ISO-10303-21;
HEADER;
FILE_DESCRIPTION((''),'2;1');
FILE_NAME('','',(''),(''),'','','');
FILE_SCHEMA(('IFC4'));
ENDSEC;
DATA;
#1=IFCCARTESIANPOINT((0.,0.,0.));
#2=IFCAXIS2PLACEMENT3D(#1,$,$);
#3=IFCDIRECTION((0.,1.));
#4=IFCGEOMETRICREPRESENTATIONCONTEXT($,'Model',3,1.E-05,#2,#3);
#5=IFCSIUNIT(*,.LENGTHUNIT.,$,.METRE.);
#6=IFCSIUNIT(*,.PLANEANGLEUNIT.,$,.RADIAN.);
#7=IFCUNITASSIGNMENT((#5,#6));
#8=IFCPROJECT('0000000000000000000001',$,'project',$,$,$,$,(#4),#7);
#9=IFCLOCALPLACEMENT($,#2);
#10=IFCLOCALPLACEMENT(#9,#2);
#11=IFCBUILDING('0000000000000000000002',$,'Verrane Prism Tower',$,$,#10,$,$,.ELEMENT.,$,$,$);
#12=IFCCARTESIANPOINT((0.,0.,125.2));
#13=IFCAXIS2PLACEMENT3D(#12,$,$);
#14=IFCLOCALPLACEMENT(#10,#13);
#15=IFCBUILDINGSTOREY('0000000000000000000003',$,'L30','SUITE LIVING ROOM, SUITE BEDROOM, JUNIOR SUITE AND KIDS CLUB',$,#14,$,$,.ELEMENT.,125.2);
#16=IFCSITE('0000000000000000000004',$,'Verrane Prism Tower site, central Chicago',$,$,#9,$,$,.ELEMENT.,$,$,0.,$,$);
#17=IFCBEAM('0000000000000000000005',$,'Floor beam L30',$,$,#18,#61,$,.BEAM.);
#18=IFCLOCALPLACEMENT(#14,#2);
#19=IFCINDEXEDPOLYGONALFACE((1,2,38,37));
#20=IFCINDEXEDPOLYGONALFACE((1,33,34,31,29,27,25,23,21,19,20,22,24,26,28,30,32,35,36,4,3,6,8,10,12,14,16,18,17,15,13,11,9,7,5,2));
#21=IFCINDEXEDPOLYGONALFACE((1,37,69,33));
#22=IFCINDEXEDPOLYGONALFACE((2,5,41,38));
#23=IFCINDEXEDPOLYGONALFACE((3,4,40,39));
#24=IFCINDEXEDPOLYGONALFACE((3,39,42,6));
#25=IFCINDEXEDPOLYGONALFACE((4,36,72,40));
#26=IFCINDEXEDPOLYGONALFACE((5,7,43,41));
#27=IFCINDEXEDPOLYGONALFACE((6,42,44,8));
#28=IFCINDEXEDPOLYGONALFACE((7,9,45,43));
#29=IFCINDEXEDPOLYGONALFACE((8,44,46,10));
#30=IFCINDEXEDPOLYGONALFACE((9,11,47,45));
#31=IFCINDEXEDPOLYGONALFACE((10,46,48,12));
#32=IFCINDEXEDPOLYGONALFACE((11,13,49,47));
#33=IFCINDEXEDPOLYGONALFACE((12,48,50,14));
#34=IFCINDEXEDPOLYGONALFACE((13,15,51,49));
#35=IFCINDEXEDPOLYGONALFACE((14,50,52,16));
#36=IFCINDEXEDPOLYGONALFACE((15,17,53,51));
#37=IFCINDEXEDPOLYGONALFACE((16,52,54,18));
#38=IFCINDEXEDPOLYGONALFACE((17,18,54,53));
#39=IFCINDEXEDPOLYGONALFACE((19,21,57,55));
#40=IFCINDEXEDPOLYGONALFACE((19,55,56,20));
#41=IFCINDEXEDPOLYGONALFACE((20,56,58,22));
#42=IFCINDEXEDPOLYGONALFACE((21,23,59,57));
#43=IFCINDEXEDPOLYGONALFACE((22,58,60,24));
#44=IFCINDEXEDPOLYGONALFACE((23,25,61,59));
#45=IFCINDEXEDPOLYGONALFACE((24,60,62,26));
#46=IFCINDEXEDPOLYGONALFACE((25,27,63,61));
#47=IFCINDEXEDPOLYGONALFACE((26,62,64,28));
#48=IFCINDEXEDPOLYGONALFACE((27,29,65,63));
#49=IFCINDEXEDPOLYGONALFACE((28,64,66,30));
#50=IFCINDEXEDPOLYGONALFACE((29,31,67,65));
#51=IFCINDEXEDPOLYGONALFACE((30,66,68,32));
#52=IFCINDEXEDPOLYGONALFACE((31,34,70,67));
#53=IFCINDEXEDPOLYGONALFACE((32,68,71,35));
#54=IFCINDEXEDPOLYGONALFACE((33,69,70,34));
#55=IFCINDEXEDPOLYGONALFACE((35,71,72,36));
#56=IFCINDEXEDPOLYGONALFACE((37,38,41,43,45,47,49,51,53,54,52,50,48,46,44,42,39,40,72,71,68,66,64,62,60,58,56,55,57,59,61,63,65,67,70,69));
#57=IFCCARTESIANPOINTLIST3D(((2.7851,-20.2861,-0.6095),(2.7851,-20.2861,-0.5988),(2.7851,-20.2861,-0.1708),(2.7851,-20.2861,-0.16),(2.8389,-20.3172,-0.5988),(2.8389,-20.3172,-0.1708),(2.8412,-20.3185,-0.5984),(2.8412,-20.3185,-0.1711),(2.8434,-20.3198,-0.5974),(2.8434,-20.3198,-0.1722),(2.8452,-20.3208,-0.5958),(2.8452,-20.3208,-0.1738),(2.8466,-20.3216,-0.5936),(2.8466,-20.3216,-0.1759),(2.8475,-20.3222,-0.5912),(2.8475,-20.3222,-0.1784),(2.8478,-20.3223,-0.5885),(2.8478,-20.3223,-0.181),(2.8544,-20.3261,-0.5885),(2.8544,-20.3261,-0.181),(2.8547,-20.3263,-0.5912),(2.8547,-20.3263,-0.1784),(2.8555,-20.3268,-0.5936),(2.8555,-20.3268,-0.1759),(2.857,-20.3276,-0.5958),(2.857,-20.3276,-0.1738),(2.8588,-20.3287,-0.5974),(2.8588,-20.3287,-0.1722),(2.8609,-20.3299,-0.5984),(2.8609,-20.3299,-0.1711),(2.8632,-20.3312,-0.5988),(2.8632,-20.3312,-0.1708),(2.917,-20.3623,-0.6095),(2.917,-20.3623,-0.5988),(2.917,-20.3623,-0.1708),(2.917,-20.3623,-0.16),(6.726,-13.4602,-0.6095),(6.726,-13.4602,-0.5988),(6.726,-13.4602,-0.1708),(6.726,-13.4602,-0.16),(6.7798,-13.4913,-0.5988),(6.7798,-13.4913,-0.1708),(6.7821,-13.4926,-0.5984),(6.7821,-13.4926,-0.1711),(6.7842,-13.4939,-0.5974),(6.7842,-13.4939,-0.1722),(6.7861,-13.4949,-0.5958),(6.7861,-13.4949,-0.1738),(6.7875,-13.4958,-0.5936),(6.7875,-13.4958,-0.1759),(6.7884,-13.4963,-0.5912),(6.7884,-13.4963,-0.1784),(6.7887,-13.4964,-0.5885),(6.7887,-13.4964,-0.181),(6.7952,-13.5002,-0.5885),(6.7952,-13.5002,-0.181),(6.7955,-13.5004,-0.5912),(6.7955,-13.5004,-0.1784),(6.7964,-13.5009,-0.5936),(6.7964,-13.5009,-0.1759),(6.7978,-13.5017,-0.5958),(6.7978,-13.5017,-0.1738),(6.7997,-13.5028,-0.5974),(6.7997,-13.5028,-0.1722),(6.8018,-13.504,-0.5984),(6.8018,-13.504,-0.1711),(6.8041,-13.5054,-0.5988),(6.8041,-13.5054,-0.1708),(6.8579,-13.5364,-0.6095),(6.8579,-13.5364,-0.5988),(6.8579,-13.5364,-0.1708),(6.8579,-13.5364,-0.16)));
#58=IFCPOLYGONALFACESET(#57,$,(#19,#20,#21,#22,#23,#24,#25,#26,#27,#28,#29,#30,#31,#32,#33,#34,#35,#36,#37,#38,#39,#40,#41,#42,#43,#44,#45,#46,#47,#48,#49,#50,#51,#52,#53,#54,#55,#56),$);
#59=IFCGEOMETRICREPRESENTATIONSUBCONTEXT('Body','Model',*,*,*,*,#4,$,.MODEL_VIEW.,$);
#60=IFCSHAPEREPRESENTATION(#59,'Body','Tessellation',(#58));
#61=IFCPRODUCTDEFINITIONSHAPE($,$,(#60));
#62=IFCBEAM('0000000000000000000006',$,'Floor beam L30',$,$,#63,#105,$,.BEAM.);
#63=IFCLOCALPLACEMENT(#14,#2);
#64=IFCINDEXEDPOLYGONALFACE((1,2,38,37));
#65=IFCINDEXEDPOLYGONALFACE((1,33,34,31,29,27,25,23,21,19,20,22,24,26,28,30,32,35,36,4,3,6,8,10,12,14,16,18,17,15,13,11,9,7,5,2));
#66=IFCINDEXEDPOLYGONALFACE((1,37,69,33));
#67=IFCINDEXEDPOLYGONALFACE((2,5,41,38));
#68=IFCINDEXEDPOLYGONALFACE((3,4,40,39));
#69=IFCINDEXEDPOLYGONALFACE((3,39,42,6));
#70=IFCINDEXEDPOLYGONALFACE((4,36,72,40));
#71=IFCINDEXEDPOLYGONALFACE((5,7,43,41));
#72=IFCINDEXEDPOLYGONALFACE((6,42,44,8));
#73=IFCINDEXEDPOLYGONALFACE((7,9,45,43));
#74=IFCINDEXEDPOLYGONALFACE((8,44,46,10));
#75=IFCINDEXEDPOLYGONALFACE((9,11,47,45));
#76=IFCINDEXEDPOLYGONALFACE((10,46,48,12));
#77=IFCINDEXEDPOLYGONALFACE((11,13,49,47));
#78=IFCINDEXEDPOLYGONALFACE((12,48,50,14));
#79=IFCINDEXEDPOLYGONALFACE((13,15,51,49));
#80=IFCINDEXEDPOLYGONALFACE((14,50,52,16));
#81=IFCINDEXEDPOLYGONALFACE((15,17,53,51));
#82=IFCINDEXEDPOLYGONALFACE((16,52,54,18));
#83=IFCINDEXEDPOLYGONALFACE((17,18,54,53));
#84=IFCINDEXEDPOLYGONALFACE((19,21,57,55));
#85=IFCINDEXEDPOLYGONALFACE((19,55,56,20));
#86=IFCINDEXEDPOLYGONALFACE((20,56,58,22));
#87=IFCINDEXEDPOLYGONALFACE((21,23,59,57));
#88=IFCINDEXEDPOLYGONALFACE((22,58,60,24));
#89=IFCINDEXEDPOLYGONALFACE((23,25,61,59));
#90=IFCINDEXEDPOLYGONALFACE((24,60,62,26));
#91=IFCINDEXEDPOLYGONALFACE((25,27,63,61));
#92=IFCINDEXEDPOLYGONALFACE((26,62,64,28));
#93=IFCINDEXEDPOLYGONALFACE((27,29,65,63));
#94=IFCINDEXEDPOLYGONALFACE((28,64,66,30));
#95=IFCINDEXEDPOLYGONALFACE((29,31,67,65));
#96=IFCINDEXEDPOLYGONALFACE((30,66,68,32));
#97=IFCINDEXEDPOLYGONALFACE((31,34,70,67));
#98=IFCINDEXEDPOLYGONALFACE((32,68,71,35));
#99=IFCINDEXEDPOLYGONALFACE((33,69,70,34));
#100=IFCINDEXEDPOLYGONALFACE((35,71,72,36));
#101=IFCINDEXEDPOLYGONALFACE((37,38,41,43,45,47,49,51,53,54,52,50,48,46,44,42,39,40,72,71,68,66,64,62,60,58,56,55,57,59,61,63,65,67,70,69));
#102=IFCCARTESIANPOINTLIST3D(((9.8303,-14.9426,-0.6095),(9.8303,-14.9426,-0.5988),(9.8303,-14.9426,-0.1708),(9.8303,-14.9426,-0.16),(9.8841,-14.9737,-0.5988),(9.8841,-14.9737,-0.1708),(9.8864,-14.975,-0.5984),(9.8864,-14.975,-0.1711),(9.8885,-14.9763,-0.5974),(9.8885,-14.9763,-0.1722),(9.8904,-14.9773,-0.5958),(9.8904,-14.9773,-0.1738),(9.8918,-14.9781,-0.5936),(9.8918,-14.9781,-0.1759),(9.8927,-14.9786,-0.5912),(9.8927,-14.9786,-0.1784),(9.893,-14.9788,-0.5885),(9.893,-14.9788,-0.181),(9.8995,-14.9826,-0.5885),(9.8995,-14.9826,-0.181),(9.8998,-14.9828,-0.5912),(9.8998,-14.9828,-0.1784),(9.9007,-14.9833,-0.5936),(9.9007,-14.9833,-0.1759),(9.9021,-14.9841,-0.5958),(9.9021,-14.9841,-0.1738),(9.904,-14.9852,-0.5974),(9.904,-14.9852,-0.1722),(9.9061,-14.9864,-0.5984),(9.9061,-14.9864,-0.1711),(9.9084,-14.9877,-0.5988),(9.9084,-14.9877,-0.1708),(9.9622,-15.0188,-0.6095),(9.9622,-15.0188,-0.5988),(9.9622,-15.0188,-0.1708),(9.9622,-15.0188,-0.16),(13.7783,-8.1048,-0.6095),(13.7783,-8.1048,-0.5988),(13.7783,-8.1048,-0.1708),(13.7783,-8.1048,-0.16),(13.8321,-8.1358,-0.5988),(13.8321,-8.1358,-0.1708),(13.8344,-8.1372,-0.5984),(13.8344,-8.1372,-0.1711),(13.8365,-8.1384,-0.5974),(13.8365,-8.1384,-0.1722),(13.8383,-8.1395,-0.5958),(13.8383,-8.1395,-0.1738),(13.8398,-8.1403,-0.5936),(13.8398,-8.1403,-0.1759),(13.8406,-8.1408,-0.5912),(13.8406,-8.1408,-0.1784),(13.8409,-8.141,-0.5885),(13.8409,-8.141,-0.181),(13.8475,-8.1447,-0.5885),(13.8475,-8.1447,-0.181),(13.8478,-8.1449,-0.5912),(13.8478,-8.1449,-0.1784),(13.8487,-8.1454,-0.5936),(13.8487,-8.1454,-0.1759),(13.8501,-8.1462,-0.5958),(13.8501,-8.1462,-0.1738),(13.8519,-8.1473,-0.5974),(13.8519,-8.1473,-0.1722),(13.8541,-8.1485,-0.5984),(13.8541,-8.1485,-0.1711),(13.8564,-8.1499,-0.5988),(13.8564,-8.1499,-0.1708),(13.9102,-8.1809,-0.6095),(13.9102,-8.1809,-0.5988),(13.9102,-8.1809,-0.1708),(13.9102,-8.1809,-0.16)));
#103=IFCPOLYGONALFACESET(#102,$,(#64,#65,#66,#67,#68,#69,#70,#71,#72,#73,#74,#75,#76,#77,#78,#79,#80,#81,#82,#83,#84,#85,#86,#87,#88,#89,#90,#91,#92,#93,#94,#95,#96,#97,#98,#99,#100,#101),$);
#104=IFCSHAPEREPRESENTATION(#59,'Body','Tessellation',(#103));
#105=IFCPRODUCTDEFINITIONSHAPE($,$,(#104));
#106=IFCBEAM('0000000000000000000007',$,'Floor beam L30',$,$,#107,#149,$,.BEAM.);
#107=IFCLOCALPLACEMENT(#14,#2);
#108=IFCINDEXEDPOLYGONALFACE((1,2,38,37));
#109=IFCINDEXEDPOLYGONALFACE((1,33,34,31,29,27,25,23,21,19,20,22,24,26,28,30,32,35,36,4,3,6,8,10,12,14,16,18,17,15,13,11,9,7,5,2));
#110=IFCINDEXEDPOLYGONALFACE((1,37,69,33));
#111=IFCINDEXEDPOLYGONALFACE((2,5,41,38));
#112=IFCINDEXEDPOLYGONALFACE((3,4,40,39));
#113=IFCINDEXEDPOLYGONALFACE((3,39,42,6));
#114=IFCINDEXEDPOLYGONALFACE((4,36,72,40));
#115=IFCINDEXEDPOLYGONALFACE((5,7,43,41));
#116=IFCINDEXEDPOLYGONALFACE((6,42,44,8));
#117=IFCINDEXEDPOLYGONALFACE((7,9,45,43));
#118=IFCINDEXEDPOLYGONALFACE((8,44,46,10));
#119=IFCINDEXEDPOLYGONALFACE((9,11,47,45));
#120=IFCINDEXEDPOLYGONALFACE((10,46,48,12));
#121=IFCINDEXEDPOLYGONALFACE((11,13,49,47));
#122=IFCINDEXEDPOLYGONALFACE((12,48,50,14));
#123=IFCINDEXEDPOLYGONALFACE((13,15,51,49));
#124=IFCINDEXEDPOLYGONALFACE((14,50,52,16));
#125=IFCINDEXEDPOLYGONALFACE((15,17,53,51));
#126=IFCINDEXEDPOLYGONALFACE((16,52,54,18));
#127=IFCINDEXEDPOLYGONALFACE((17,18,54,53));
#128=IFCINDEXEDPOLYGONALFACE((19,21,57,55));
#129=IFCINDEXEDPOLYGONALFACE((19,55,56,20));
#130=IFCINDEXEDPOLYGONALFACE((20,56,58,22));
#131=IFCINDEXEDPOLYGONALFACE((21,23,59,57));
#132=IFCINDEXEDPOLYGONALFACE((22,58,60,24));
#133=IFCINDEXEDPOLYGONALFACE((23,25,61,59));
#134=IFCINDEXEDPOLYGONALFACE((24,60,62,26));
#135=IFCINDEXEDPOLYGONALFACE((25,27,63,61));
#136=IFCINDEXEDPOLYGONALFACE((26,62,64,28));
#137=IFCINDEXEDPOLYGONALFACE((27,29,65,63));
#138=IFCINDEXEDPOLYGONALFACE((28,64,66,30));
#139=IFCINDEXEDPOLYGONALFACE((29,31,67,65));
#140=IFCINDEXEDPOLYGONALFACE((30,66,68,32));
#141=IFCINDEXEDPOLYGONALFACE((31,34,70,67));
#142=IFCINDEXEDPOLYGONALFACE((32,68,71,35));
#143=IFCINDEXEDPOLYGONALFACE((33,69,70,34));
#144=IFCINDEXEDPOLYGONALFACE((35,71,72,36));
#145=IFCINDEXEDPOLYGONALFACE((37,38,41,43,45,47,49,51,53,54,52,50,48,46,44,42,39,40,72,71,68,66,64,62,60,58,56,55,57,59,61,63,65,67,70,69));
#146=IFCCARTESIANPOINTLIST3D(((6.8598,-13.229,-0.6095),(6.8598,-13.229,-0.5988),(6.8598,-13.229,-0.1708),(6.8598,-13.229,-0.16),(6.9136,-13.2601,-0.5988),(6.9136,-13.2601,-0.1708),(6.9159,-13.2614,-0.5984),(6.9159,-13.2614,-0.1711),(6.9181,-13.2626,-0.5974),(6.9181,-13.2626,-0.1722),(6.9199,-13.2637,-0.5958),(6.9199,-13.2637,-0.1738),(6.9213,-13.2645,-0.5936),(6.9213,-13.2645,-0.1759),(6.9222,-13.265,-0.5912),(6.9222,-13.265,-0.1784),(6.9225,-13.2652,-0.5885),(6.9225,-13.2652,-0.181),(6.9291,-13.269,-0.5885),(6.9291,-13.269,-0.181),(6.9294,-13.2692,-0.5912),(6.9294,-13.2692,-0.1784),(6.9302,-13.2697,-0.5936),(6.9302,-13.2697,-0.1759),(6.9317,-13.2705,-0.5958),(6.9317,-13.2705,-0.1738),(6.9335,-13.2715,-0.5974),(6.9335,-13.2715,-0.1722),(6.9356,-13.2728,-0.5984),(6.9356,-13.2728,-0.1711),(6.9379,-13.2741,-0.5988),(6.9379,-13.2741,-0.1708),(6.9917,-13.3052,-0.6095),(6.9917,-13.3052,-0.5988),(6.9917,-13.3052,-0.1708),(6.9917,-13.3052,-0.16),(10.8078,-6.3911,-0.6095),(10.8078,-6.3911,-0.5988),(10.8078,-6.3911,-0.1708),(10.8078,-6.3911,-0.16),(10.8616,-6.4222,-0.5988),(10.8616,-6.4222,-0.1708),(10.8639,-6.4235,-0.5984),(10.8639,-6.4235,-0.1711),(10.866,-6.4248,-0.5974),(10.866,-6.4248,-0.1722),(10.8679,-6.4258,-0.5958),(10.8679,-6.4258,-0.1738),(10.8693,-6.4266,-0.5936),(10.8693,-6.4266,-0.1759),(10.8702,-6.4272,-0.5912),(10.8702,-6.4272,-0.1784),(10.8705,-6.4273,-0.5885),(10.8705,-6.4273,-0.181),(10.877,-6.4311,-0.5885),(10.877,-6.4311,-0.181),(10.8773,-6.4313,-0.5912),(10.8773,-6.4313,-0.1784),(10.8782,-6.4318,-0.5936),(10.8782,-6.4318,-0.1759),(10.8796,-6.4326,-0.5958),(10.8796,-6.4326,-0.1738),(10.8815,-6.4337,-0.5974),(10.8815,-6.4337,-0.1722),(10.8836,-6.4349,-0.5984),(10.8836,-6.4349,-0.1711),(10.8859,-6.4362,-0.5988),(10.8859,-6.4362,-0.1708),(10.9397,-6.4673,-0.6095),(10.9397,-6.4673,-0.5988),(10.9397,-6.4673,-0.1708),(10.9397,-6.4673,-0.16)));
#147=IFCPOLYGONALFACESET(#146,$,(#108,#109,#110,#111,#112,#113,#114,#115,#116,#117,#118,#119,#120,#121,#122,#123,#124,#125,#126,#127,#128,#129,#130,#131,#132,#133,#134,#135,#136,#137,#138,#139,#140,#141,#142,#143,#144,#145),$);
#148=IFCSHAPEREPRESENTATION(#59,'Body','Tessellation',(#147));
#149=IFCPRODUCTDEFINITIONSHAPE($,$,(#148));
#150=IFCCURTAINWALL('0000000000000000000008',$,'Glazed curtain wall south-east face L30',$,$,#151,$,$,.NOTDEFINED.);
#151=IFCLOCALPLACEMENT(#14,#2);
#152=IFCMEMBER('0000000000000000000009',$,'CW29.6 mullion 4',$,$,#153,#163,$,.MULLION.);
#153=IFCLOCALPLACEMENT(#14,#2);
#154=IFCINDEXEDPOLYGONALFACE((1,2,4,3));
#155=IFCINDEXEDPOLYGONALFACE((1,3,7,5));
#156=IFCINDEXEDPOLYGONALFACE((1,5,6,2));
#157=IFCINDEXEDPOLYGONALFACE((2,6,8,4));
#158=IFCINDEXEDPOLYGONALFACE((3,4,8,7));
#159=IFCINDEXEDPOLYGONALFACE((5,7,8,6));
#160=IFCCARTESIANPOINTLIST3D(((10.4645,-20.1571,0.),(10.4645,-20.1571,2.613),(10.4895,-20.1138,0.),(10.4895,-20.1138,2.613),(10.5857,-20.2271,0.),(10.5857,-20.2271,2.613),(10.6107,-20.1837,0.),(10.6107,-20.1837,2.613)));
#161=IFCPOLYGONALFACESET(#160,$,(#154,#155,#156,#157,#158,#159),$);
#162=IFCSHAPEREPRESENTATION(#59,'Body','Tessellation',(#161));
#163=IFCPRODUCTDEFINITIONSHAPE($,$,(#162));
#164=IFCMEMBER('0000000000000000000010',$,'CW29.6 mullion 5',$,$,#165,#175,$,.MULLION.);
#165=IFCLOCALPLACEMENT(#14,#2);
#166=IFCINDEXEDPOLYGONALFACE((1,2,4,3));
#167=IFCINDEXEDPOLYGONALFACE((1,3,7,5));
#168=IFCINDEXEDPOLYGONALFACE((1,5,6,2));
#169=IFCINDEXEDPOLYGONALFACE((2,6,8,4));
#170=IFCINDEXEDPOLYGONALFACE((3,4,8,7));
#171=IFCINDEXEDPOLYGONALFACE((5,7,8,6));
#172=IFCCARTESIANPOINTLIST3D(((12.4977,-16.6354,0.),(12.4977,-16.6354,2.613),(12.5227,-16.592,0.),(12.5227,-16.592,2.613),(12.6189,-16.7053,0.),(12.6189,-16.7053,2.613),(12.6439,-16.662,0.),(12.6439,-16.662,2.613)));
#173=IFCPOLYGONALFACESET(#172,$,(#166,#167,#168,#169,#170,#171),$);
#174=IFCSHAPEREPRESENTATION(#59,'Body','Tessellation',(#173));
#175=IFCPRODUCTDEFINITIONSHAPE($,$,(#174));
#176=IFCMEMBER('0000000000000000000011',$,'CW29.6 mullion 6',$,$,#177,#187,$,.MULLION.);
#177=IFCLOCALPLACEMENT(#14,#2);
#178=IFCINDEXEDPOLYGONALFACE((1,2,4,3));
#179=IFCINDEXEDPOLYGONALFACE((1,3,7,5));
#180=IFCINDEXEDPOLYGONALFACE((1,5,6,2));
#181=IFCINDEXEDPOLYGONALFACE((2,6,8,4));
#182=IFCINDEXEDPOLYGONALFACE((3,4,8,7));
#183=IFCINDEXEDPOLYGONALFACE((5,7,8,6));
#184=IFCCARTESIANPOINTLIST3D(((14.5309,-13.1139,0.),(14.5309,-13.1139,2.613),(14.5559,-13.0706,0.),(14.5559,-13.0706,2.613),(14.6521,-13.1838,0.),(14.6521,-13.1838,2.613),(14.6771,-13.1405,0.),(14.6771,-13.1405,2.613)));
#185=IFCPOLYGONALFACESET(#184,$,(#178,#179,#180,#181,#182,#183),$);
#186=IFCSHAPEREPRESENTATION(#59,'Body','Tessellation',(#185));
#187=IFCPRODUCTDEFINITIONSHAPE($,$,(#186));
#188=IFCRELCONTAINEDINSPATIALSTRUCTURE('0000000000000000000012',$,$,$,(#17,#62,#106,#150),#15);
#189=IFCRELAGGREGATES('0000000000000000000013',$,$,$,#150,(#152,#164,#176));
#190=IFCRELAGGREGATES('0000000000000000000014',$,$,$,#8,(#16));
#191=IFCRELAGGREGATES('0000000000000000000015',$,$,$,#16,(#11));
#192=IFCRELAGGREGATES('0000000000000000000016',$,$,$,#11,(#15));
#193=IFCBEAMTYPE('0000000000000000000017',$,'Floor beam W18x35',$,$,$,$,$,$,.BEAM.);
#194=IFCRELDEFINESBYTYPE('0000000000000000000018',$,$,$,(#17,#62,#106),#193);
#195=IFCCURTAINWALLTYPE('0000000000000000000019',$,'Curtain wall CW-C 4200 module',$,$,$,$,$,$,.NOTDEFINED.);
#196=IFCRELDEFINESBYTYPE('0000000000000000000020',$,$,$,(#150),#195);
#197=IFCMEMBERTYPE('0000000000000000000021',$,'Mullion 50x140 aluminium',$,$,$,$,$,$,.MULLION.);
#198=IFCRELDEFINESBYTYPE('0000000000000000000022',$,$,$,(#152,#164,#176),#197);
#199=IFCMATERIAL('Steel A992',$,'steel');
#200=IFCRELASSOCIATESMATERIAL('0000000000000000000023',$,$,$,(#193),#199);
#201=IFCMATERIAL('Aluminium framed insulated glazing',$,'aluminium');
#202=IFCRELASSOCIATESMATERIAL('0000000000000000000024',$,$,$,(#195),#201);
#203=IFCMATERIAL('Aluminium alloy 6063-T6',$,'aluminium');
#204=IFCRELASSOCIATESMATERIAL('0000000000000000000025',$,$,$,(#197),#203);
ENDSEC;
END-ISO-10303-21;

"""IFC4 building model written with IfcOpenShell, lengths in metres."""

from ifc_helpers import new_model, si_unit, direction, frame, origin, origin_2d, place, context, subcontext, project, spatial, rectangle, i_section, extrude, material, material_profile, profile_set, type_object, element, aggregate, save


model = new_model("IFC4")

# Units and contexts
model_context = context("Model", 3, precision=1e-05, world=origin(), true_north=direction((0.0, 1.0)))
body_context = subcontext(model_context, "Body", "Model", "MODEL_VIEW")
ifc_project = project(units=[si_unit("LENGTHUNIT", "METRE"), si_unit("PLANEANGLEUNIT", "RADIAN")], contexts=[model_context])

# Site, building, storey
site_placement = place(None, origin())
site = spatial("IfcSite", under=ifc_project, at=site_placement, Name="Verrane Prism Tower site, central Chicago", CompositionType="ELEMENT", RefElevation=0.0)
building_placement = place(site_placement, origin())
building = spatial("IfcBuilding", under=site, at=building_placement, Name="Verrane Prism Tower", CompositionType="ELEMENT")
storey_placement = place(building_placement, frame((0.0, 0.0, 125.2)))
storey = spatial("IfcBuildingStorey", under=building, at=storey_placement, Name="L30", Description="SUITE LIVING ROOM, SUITE BEDROOM, JUNIOR SUITE AND KIDS CLUB", CompositionType="ELEMENT", Elevation=125.2)

# Beams
ifc_material_1 = material(Name="Steel A992", Category="steel")
ifc_material_profile_1 = material_profile(ifc_material_1, i_section(OverallWidth=0.1523, OverallDepth=0.4495, WebThickness=0.0076, FlangeThickness=0.0107, FilletRadius=0.0103, at=origin_2d()), Name="W18x35")
ifc_profile_set_1 = profile_set([ifc_material_profile_1], Name="Steel A992")
beam_type_1 = type_object("IfcBeamType", Name="Floor beam W18x35", PredefinedType="BEAM", material=ifc_profile_set_1)
beam_1_placement = place(storey_placement, frame((2.8511, -20.3242, -0.3848), z_axis=(0.499997, 0.866027, 0.0), x_axis=(-0.866027, 0.499997, 0.0)))
element("IfcBeam", 1, at=beam_1_placement, inside=storey, type_object=beam_type_1, Name="Floor beam L30", PredefinedType="BEAM", context=body_context, shape_type="SweptSolid", body=[
    extrude(i_section(OverallWidth=0.1523, OverallDepth=0.4495, WebThickness=0.0076, FlangeThickness=0.0107, FilletRadius=0.0103, at=origin_2d()), origin(), (0.0, 0.0, 1.0), 7.8818),
])
for number, where, z_axis, x_axis, name in (
    (2, (9.8962, -14.9807, -0.3848), (0.500013, 0.866018, 0.0), (-0.866018, 0.500013, 0.0), "Floor beam L30"),
    (3, (6.9258, -13.2671, -0.3848), (0.500013, 0.866018, 0.0), (-0.866018, 0.500013, 0.0), "Floor beam L30"),
):
    element("IfcBeam", number, at=place(storey_placement, frame(where, z_axis=z_axis, x_axis=x_axis)), inside=storey, type_object=beam_type_1, Name=name, PredefinedType="BEAM", context=body_context, shape_type="SweptSolid", body=[
        extrude(i_section(OverallWidth=0.1523, OverallDepth=0.4495, WebThickness=0.0076, FlangeThickness=0.0107, FilletRadius=0.0103, at=origin_2d()), origin(), (0.0, 0.0, 1.0), 7.8958),
    ])

# Curtain wall, members
ifc_material_2 = material(Name="Aluminium framed insulated glazing", Category="aluminium")
curtain_wall_type = type_object("IfcCurtainWallType", Name="Curtain wall CW-C 4200 module", PredefinedType="NOTDEFINED", material=ifc_material_2)
curtain_wall_placement = place(storey_placement, origin())
curtain_wall = element("IfcCurtainWall", 4, at=curtain_wall_placement, inside=storey, type_object=curtain_wall_type, Name="Glazed curtain wall south-east face L30", PredefinedType="NOTDEFINED")
ifc_material_3 = material(Name="Aluminium alloy 6063-T6", Category="aluminium")
ifc_material_profile_2 = material_profile(ifc_material_3, rectangle(XDim=0.1399, YDim=0.05, at=origin_2d()), Name="Mullion 50x140 aluminium")
ifc_profile_set_2 = profile_set([ifc_material_profile_2], Name="Aluminium alloy 6063-T6")
member_type_1 = type_object("IfcMemberType", Name="Mullion 50x140 aluminium", PredefinedType="MULLION", material=ifc_profile_set_2)
member_1_placement = place(storey_placement, frame((10.5376, -20.1704, 0.0), z_axis=(0.0, 0.0, 1.0), x_axis=(-0.866025, 0.5, 0.0)))
member_1 = element("IfcMember", 5, at=member_1_placement, type_object=member_type_1, Name="CW29.6 mullion 4", PredefinedType="MULLION", context=body_context, shape_type="SweptSolid", body=[
    extrude(rectangle(XDim=0.1399, YDim=0.05, at=origin_2d()), origin(), (0.0, 0.0, 1.0), 2.613),
])
member_2_placement = place(storey_placement, frame((12.5708, -16.6487, 0.0), z_axis=(0.0, 0.0, 1.0), x_axis=(-0.866025, 0.5, 0.0)))
member_2 = element("IfcMember", 6, at=member_2_placement, type_object=member_type_1, Name="CW29.6 mullion 5", PredefinedType="MULLION", context=body_context, shape_type="SweptSolid", body=[
    extrude(rectangle(XDim=0.1399, YDim=0.05, at=origin_2d()), origin(), (0.0, 0.0, 1.0), 2.613),
])
member_3_placement = place(storey_placement, frame((14.604, -13.1272, 0.0), z_axis=(0.0, 0.0, 1.0), x_axis=(-0.866025, 0.5, 0.0)))
member_3 = element("IfcMember", 7, at=member_3_placement, type_object=member_type_1, Name="CW29.6 mullion 6", PredefinedType="MULLION", context=body_context, shape_type="SweptSolid", body=[
    extrude(rectangle(XDim=0.1399, YDim=0.05, at=origin_2d()), origin(), (0.0, 0.0, 1.0), 2.613),
])

aggregate(curtain_wall, [member_1, member_2, member_3])

save(model, "model.ifc")
